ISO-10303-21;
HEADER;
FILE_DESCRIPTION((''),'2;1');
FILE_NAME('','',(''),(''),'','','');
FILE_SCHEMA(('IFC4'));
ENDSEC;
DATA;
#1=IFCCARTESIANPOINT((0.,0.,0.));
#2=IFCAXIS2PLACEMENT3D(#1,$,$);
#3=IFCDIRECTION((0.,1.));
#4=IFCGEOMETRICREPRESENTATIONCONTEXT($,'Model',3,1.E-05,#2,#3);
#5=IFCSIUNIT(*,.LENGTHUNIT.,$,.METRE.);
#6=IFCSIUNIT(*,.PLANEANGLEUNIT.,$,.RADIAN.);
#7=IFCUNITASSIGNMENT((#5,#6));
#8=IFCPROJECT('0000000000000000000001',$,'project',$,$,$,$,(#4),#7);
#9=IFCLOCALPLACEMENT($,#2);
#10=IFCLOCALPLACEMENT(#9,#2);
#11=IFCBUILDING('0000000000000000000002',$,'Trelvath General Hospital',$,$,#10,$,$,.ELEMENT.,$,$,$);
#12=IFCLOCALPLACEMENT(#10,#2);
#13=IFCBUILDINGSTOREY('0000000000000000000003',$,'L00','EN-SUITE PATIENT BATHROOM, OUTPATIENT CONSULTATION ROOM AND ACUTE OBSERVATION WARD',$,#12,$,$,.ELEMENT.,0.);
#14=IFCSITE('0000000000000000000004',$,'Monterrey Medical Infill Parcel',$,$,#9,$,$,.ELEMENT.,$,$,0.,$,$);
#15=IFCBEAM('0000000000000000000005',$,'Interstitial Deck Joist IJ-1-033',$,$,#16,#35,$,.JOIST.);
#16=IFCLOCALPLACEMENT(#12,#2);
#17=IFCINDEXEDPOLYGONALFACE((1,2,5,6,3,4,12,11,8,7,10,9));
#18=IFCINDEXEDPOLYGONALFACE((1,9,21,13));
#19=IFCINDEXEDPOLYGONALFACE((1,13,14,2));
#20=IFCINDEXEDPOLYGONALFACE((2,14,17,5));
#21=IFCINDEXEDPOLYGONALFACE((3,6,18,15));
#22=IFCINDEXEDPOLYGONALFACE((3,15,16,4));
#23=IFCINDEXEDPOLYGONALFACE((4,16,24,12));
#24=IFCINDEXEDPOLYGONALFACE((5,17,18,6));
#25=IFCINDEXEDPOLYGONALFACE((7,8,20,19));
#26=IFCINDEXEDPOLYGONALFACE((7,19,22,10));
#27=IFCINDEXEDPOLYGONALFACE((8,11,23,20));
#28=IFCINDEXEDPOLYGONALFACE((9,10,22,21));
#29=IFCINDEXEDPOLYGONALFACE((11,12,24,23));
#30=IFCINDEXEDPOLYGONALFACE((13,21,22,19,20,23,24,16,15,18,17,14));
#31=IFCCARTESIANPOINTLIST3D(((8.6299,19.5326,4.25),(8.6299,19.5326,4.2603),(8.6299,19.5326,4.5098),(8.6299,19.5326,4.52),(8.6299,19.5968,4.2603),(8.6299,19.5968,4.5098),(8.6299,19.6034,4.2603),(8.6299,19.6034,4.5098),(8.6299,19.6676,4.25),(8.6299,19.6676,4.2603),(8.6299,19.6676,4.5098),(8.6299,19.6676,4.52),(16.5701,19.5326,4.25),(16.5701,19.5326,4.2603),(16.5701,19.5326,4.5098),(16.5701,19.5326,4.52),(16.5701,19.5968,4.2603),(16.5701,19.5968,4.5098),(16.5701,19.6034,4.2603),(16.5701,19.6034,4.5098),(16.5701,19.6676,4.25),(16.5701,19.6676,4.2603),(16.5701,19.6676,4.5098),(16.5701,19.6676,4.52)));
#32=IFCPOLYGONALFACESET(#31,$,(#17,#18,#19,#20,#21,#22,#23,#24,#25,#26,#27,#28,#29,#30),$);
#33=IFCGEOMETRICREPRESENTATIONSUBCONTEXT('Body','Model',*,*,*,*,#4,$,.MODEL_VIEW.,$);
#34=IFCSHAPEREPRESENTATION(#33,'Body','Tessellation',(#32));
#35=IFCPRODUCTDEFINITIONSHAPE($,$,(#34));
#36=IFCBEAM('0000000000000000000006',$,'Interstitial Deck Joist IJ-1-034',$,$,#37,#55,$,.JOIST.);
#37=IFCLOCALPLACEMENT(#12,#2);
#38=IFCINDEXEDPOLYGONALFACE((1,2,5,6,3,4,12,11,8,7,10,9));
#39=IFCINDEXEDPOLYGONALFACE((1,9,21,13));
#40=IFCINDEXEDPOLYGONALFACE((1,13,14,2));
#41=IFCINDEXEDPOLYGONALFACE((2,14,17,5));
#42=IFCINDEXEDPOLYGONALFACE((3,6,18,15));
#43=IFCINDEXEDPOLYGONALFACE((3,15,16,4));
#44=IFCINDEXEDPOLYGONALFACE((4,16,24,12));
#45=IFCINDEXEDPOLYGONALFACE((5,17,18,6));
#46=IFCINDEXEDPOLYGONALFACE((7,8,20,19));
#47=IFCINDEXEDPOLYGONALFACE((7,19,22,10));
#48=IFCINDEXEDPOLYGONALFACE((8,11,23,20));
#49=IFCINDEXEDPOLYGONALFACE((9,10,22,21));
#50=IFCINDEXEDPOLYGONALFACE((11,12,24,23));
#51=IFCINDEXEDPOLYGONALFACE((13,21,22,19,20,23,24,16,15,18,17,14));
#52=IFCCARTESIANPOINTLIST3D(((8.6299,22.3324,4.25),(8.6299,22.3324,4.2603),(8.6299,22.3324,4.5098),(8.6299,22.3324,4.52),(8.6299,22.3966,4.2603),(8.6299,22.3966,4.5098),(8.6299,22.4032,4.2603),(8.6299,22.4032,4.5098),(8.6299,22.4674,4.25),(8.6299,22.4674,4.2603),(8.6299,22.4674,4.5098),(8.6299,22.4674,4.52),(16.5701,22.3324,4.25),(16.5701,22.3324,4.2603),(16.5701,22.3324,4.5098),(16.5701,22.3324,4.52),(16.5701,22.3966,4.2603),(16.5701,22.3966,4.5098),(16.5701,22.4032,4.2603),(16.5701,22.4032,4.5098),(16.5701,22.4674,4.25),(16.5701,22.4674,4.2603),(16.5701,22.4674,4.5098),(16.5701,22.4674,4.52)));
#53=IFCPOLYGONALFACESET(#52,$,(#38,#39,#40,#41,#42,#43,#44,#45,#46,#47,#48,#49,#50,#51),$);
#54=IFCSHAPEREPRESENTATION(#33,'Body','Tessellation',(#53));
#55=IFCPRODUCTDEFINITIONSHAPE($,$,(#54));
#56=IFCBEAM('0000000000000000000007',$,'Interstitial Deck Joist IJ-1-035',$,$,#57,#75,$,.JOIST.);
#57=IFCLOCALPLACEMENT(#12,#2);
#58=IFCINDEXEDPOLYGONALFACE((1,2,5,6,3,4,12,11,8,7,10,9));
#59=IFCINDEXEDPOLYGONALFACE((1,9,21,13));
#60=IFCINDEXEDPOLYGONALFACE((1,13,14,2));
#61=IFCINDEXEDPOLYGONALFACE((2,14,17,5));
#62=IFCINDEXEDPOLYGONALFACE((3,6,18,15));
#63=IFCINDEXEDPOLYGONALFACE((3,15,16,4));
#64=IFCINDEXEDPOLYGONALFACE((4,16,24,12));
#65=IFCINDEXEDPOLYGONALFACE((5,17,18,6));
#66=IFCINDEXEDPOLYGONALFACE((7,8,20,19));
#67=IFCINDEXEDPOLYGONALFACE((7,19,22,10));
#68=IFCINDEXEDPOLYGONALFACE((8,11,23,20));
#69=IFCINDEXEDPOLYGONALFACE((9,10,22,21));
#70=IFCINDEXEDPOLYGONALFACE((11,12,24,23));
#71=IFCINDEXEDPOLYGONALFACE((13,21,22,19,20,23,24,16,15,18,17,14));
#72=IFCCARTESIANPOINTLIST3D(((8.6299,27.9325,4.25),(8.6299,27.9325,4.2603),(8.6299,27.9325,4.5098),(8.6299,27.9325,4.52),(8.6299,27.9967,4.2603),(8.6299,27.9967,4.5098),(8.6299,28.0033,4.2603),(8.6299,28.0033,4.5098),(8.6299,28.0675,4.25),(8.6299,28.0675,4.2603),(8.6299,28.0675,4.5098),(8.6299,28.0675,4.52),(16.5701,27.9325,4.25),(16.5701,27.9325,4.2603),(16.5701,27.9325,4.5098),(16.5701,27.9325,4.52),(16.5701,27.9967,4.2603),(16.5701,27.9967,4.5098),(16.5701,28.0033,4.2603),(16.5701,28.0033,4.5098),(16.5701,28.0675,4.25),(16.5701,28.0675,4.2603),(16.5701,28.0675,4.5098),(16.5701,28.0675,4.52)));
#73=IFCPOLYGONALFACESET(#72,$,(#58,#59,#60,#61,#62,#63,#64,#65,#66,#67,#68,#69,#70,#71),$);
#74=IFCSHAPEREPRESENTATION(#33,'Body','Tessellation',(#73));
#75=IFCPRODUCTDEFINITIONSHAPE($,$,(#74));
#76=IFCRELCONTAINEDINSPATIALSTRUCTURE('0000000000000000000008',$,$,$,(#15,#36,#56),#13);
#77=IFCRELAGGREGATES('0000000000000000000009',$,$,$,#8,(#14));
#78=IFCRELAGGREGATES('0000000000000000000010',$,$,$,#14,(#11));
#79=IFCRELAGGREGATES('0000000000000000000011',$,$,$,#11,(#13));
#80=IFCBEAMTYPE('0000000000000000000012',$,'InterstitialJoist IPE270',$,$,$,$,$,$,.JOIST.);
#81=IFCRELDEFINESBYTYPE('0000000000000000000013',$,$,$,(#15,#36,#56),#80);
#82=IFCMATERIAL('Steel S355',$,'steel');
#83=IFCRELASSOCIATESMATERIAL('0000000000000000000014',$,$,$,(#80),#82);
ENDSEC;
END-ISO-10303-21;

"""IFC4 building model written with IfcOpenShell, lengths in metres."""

from ifc_helpers import new_model, si_unit, direction, frame, origin, origin_2d, place, context, subcontext, project, spatial, i_section, extrude, material, material_profile, profile_set, type_object, element, save


model = new_model("IFC4")

# Units and contexts
model_context = context("Model", 3, precision=1e-05, world=origin(), true_north=direction((0.0, 1.0)))
body_context = subcontext(model_context, "Body", "Model", "MODEL_VIEW")
ifc_project = project(units=[si_unit("LENGTHUNIT", "METRE"), si_unit("PLANEANGLEUNIT", "RADIAN")], contexts=[model_context])

# Site, building, storey
site_placement = place(None, origin())
site = spatial("IfcSite", under=ifc_project, at=site_placement, Name="Monterrey Medical Infill Parcel", CompositionType="ELEMENT", RefElevation=0.0)
building_placement = place(site_placement, origin())
building = spatial("IfcBuilding", under=site, at=building_placement, Name="Trelvath General Hospital", CompositionType="ELEMENT")
storey_placement = place(building_placement, origin())
storey = spatial("IfcBuildingStorey", under=building, at=storey_placement, Name="L00", Description="EN-SUITE PATIENT BATHROOM, OUTPATIENT CONSULTATION ROOM AND ACUTE OBSERVATION WARD", CompositionType="ELEMENT", Elevation=0.0)

# Beams
ifc_material_1 = material(Name="Steel S355", Category="steel")
ifc_material_profile_1 = material_profile(ifc_material_1, i_section(OverallWidth=0.135, OverallDepth=0.27, WebThickness=0.0066, FlangeThickness=0.0103, at=origin_2d()), Name="IPE270")
ifc_profile_set_1 = profile_set([ifc_material_profile_1], Name="Steel S355")
beam_type_1 = type_object("IfcBeamType", Name="InterstitialJoist IPE270", PredefinedType="JOIST", material=ifc_profile_set_1)
for number, where, z_axis, x_axis, name in (
    (1, (8.6299, 19.6001, 4.385), (1.0, 0.0, 0.0), (0.0, 1.0, 0.0), "Interstitial Deck Joist IJ-1-033"),
    (2, (8.6299, 22.3999, 4.385), (1.0, 0.0, 0.0), (0.0, 1.0, 0.0), "Interstitial Deck Joist IJ-1-034"),
    (3, (8.6299, 28.0, 4.385), (1.0, 0.0, 0.0), (0.0, 1.0, 0.0), "Interstitial Deck Joist IJ-1-035"),
):
    element("IfcBeam", number, at=place(storey_placement, frame(where, z_axis=z_axis, x_axis=x_axis)), inside=storey, type_object=beam_type_1, Name=name, PredefinedType="JOIST", context=body_context, shape_type="SweptSolid", body=[
        extrude(i_section(OverallWidth=0.135, OverallDepth=0.27, WebThickness=0.0066, FlangeThickness=0.0103, at=origin_2d()), origin(), (0.0, 0.0, 1.0), 7.9402),
    ])

save(model, "model.ifc")
